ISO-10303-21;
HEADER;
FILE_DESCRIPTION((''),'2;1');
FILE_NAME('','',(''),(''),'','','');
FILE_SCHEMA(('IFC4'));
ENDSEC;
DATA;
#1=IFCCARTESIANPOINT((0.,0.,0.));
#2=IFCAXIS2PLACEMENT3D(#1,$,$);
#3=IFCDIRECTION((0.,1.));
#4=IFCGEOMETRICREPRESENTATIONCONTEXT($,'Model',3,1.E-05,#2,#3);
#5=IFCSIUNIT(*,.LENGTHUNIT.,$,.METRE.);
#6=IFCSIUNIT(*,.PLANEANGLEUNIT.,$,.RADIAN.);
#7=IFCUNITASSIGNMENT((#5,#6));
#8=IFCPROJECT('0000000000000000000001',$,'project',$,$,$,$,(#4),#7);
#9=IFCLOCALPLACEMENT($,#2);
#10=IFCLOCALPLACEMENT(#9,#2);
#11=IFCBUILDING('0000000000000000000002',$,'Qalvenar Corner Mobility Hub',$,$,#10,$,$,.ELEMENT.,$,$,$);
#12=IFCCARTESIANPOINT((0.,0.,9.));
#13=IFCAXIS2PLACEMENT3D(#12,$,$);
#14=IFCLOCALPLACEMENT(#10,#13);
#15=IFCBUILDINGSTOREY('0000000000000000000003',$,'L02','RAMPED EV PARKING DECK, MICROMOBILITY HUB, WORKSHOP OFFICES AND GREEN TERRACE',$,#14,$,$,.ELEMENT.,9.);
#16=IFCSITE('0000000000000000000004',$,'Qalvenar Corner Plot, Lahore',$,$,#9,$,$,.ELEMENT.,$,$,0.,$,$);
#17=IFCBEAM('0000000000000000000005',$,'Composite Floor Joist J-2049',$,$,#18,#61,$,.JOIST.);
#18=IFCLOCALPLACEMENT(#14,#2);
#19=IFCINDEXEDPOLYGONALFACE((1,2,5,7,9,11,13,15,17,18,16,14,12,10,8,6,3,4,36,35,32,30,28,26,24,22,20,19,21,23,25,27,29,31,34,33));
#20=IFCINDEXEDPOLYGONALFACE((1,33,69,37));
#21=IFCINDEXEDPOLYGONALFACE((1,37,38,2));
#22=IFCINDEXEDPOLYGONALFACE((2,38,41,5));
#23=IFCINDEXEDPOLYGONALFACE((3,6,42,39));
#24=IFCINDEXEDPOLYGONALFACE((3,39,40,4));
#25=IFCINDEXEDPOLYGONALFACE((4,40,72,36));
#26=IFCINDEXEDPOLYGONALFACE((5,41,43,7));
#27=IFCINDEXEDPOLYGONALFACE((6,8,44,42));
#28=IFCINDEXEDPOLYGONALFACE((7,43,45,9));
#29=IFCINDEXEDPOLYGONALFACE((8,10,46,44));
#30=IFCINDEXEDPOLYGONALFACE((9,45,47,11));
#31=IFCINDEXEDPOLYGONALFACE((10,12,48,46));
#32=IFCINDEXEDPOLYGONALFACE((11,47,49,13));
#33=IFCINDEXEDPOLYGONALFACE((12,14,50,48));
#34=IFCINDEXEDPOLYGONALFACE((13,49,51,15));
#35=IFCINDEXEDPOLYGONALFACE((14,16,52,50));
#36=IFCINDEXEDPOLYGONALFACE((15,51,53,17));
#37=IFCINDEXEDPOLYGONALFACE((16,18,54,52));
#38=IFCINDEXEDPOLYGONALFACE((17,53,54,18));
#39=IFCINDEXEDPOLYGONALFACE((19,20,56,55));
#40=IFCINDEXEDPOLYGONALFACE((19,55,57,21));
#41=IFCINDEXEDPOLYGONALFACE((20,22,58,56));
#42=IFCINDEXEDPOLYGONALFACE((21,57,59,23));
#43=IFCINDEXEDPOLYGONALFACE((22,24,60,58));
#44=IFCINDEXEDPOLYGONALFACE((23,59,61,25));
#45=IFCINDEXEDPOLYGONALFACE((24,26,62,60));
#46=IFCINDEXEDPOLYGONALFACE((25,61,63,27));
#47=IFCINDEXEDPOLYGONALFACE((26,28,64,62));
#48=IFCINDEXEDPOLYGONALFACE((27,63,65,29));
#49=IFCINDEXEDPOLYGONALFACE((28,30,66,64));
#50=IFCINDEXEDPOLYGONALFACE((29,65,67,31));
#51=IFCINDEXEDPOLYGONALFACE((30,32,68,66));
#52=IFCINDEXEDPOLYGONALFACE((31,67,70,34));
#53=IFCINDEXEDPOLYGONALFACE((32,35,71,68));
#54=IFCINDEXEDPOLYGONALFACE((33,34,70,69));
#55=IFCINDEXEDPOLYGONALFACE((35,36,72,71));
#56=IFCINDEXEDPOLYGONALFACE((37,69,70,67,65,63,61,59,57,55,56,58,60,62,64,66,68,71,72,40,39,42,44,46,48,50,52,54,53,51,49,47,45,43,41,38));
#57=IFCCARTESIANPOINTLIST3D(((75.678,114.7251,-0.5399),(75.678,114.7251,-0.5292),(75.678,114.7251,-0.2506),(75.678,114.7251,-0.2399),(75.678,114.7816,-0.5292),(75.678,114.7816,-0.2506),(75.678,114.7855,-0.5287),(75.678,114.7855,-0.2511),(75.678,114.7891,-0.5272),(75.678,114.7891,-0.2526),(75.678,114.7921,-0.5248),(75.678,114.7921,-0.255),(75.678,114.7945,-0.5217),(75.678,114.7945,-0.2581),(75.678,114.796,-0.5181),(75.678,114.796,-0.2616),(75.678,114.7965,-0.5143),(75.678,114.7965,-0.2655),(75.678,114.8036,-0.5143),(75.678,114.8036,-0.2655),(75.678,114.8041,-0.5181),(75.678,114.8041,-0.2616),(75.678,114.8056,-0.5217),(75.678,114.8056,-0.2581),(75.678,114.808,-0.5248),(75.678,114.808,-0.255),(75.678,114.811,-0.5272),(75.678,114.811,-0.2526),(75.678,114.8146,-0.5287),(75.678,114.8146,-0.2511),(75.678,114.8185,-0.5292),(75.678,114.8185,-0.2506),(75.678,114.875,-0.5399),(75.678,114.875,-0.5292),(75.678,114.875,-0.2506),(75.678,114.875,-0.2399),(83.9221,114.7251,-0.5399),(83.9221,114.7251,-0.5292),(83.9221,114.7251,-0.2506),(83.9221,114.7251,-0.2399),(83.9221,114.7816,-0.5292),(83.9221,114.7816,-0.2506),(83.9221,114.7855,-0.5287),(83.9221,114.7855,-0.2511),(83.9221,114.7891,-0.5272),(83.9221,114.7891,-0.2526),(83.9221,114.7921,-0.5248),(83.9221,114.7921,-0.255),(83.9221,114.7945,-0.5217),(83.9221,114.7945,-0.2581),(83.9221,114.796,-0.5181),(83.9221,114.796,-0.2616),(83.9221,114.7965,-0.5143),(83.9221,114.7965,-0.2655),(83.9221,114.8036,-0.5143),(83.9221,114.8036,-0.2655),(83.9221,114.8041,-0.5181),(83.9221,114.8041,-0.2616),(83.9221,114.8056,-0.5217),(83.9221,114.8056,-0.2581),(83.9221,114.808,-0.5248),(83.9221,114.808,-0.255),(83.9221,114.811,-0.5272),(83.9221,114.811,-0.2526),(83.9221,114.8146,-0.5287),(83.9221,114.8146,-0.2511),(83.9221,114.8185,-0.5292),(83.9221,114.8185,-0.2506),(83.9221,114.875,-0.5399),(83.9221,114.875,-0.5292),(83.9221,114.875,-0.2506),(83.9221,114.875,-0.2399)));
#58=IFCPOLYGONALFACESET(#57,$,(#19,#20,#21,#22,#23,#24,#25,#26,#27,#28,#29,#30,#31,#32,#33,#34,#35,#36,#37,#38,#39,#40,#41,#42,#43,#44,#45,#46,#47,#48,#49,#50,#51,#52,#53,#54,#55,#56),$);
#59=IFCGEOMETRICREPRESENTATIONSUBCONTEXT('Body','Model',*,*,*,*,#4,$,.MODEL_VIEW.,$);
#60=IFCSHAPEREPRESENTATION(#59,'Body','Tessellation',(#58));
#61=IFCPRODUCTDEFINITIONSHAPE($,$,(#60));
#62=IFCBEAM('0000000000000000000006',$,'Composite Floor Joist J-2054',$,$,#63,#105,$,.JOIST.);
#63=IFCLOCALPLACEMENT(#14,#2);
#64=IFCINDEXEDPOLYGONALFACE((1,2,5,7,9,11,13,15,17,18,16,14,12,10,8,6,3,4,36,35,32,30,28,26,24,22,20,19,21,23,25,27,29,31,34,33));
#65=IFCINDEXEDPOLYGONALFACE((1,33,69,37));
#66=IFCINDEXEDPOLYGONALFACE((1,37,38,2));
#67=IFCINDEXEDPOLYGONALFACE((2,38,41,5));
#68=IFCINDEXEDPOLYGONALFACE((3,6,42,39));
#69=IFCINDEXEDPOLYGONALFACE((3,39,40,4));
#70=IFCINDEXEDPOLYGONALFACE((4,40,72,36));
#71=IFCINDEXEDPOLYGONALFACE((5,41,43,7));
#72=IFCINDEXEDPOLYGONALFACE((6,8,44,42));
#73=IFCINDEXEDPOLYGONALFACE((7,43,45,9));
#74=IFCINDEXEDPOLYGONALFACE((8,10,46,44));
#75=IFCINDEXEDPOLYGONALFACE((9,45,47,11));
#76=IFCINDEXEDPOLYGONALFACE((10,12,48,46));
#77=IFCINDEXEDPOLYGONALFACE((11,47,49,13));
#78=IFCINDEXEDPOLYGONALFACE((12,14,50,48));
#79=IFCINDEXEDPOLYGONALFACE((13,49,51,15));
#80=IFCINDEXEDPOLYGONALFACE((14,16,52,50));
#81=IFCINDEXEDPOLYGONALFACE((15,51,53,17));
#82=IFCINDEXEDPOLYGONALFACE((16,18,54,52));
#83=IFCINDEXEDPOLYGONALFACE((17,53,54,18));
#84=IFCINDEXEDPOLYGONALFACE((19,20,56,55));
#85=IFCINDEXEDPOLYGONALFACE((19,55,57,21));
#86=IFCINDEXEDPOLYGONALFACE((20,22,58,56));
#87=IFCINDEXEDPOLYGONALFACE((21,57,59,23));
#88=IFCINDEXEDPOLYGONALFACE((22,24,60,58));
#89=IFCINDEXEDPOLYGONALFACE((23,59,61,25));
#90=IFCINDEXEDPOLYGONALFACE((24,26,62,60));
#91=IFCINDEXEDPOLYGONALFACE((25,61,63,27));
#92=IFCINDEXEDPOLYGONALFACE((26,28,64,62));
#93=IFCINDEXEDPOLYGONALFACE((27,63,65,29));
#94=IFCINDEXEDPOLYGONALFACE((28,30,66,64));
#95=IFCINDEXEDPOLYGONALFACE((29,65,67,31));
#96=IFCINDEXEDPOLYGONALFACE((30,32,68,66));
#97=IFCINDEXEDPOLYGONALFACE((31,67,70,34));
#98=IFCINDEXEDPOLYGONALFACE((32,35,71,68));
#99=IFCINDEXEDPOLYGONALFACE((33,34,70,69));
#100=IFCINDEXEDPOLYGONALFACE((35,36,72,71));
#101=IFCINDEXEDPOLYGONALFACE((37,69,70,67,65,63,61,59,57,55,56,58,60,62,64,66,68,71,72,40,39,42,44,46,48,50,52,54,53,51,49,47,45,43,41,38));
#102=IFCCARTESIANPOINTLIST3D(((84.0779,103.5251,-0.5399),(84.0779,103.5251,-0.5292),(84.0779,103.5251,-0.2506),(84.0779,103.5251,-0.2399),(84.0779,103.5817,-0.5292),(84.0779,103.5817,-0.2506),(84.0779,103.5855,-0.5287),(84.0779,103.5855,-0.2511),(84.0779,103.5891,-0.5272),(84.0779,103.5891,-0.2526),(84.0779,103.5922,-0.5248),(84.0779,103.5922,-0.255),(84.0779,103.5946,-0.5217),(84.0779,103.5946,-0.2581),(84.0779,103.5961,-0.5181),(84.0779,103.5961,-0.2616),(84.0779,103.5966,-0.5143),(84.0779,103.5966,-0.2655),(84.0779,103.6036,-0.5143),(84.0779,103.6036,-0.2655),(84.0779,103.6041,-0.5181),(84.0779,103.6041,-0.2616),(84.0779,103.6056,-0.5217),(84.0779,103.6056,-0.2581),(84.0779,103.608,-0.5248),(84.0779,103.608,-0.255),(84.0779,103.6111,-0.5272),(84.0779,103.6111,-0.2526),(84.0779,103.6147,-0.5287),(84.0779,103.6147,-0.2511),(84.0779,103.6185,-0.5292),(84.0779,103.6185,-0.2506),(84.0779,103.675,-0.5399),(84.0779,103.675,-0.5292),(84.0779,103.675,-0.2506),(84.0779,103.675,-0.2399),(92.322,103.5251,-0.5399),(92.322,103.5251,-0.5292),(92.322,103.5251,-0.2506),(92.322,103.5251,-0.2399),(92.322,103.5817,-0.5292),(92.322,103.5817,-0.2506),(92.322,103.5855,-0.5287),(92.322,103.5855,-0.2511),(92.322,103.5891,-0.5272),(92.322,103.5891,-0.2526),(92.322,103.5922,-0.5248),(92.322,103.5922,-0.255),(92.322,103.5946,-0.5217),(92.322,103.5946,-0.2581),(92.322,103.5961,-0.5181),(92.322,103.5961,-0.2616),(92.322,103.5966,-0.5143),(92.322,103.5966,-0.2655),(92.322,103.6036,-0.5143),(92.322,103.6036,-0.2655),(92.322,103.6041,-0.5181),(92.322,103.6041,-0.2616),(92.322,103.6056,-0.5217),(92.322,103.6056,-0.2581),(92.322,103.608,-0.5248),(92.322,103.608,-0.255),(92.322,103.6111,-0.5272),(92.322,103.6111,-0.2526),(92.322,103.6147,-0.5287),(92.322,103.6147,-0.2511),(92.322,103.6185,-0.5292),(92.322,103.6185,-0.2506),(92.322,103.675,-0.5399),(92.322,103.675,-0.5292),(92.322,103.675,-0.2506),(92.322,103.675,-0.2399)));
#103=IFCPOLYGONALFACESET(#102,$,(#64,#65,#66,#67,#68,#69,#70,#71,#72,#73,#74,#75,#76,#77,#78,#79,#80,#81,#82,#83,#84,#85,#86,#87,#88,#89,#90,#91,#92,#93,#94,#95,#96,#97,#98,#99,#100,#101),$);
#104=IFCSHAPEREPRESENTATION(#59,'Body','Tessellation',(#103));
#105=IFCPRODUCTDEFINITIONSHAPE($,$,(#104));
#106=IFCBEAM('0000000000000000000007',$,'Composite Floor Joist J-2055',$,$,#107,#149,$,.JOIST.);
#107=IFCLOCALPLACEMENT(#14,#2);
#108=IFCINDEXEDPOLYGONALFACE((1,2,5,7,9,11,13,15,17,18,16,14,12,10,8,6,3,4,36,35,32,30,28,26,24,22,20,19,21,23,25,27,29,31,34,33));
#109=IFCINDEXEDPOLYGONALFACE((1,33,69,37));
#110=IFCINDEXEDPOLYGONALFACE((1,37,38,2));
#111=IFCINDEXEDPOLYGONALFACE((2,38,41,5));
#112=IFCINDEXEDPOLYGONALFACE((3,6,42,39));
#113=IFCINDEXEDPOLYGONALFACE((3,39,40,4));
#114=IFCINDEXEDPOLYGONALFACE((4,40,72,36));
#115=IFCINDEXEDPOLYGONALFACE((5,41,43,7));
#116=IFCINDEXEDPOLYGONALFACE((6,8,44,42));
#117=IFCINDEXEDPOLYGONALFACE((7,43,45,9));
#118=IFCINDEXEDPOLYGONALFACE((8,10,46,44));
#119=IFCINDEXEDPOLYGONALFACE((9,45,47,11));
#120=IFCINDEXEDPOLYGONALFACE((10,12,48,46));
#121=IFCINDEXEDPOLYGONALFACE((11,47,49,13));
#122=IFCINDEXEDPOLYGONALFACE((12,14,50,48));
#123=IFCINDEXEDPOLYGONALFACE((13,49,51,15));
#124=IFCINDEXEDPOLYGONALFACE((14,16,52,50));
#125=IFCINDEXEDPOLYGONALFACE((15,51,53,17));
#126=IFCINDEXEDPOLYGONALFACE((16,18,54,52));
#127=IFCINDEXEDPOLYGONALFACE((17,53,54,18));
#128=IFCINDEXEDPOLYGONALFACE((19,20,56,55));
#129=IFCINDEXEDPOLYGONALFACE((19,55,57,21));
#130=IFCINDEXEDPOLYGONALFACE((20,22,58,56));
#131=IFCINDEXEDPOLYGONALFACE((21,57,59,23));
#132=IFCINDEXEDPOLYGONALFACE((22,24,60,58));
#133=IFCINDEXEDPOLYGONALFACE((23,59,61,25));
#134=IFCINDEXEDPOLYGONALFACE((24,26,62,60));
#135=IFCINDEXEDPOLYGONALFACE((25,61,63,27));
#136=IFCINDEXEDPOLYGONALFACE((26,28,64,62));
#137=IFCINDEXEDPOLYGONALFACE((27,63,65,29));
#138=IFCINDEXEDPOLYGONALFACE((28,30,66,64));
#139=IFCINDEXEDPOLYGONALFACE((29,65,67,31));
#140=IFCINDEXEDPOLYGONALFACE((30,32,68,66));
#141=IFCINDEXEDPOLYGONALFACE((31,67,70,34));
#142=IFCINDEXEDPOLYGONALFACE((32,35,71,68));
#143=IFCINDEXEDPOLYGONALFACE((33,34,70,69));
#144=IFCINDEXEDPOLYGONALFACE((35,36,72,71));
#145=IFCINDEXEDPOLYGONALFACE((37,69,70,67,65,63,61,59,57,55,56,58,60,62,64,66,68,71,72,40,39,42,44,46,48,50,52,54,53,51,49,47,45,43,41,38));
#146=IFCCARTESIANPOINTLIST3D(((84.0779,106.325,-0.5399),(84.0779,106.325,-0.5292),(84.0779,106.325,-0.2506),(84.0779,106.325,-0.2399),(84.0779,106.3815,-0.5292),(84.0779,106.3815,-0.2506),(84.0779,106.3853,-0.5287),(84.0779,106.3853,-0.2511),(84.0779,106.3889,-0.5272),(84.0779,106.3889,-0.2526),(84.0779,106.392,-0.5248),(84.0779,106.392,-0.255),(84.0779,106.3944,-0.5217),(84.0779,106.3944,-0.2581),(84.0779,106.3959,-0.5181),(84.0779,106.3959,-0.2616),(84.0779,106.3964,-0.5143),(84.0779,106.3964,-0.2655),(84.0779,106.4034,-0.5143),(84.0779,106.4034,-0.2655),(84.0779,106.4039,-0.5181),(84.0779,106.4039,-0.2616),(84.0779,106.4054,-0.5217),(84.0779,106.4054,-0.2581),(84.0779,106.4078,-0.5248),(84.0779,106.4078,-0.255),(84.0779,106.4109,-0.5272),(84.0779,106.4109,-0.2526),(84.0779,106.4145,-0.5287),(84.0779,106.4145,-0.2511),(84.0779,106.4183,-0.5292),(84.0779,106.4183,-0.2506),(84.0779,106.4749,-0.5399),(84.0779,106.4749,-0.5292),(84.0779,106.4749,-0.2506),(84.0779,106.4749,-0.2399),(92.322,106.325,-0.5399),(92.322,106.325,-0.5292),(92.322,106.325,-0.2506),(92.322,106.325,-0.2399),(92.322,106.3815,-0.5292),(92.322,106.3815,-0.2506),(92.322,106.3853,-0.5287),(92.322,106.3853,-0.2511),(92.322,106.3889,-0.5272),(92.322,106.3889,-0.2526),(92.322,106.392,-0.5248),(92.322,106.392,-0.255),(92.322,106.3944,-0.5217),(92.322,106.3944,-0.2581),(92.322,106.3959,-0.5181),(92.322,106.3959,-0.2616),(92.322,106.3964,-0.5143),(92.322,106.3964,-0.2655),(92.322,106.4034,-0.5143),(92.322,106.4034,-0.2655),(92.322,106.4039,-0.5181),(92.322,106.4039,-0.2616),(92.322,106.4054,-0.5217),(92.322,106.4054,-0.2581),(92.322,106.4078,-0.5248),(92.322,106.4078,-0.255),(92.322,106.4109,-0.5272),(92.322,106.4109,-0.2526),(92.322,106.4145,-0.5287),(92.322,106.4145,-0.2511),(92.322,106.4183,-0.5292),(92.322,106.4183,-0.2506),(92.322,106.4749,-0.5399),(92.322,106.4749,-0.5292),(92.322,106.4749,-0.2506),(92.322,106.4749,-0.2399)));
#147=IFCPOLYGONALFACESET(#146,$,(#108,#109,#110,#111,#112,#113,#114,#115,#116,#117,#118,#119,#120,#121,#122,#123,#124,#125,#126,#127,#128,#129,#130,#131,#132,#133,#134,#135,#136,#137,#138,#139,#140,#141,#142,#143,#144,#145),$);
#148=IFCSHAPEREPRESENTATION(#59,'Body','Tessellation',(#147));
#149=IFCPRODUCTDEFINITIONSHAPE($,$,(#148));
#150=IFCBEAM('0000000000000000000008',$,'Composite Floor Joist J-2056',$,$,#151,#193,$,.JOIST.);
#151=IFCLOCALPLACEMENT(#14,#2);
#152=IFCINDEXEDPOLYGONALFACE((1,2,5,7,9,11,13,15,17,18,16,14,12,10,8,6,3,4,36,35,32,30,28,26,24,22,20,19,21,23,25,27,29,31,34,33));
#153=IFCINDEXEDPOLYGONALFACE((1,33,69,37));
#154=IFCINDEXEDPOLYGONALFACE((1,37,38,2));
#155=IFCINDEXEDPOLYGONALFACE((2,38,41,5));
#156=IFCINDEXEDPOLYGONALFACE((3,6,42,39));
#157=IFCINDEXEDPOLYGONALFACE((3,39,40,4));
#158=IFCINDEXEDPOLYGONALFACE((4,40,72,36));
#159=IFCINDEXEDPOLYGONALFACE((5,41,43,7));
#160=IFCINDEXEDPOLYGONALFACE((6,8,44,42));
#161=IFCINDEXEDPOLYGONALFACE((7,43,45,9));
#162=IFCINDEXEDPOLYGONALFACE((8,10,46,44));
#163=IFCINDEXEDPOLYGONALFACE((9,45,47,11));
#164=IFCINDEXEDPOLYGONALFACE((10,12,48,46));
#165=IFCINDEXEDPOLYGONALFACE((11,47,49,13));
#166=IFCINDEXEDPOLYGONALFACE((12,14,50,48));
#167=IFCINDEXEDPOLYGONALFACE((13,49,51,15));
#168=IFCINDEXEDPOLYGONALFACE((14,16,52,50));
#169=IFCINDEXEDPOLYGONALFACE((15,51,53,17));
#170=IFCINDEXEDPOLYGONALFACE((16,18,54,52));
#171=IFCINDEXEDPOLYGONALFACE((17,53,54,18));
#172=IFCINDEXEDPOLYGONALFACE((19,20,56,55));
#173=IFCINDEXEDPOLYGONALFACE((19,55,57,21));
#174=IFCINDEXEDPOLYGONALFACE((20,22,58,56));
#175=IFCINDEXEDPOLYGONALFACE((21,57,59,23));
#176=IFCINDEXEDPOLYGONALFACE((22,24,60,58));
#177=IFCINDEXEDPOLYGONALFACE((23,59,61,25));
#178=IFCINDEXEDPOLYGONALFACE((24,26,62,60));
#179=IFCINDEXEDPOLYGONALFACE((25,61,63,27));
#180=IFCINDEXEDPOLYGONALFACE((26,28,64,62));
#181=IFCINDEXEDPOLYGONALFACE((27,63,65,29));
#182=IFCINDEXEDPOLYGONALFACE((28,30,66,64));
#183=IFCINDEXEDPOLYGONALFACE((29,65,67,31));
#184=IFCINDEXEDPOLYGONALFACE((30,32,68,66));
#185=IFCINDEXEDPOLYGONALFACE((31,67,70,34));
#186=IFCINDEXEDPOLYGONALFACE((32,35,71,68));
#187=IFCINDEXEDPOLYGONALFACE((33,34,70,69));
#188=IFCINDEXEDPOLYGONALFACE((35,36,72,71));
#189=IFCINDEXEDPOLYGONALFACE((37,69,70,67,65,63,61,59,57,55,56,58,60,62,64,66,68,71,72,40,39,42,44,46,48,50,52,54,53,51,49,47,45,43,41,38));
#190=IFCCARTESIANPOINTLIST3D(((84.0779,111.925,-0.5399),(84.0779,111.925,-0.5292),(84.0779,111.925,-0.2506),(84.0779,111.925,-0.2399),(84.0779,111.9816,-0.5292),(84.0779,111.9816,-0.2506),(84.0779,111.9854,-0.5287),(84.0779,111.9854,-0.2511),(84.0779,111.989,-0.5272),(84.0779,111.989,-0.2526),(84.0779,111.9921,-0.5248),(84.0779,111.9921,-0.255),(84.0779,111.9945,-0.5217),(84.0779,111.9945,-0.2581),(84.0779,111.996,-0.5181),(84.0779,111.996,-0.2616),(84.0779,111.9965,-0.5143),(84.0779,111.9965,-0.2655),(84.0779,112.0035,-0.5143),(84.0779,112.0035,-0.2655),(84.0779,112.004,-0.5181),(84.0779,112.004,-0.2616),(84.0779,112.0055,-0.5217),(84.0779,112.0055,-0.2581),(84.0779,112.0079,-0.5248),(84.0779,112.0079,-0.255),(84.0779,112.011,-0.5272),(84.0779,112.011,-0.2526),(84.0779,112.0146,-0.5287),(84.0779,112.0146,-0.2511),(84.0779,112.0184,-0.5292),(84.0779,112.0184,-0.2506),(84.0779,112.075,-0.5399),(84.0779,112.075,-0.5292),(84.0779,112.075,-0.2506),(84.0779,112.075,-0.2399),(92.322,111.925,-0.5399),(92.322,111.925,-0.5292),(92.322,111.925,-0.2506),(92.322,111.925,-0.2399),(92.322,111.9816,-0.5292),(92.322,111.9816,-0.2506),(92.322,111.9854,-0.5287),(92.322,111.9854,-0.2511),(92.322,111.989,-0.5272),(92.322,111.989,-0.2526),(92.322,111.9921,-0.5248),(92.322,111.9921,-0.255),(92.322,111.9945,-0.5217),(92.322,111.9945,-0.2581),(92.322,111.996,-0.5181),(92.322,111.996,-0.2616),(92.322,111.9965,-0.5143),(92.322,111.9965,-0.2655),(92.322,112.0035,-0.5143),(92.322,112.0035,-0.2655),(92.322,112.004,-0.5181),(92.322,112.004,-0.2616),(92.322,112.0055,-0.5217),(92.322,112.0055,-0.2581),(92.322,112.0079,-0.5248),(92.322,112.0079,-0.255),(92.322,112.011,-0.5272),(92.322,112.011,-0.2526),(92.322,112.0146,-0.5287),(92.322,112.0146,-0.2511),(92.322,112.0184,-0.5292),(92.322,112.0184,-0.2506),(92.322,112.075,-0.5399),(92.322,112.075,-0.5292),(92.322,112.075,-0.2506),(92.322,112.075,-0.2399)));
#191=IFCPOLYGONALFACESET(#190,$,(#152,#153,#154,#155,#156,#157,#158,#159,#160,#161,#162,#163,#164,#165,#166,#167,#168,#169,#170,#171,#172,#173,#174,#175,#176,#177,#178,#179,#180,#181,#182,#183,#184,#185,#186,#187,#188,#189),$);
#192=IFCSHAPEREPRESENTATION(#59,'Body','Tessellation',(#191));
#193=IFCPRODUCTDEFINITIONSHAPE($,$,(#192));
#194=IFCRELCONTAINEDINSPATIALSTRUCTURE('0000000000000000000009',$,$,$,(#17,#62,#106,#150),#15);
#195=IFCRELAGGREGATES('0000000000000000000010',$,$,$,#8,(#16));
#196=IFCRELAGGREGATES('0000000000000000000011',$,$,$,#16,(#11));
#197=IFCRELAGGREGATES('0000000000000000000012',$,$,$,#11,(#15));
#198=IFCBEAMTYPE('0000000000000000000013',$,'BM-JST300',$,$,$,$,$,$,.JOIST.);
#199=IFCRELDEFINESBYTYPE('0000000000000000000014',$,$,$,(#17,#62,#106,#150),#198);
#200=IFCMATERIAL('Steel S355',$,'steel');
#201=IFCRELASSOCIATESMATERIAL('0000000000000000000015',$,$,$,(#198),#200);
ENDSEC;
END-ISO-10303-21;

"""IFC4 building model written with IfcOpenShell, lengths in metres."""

from ifc_helpers import new_model, si_unit, direction, frame, origin, origin_2d, place, context, subcontext, project, spatial, i_section, extrude, material, material_profile, profile_set, type_object, element, save


model = new_model("IFC4")

# Units and contexts
model_context = context("Model", 3, precision=1e-05, world=origin(), true_north=direction((0.0, 1.0)))
body_context = subcontext(model_context, "Body", "Model", "MODEL_VIEW")
ifc_project = project(units=[si_unit("LENGTHUNIT", "METRE"), si_unit("PLANEANGLEUNIT", "RADIAN")], contexts=[model_context])

# Site, building, storey
site_placement = place(None, origin())
site = spatial("IfcSite", under=ifc_project, at=site_placement, Name="Qalvenar Corner Plot, Lahore", CompositionType="ELEMENT", RefElevation=0.0)
building_placement = place(site_placement, origin())
building = spatial("IfcBuilding", under=site, at=building_placement, Name="Qalvenar Corner Mobility Hub", CompositionType="ELEMENT")
storey_placement = place(building_placement, frame((0.0, 0.0, 9.0)))
storey = spatial("IfcBuildingStorey", under=building, at=storey_placement, Name="L02", Description="RAMPED EV PARKING DECK, MICROMOBILITY HUB, WORKSHOP OFFICES AND GREEN TERRACE", CompositionType="ELEMENT", Elevation=9.0)

# Shared definitions
ifc_material = material(Name="Steel S355", Category="steel")

# Beams
ifc_material_profile_1 = material_profile(ifc_material, i_section(OverallWidth=0.1499, OverallDepth=0.3, WebThickness=0.0071, FlangeThickness=0.0107, FilletRadius=0.0149, at=origin_2d()), Name="IPE300")
ifc_profile_set_1 = profile_set([ifc_material_profile_1], Name="Steel S355")
beam_type_1 = type_object("IfcBeamType", Name="BM-JST300", PredefinedType="JOIST", material=ifc_profile_set_1)
for number, where, z_axis, x_axis, name in (
    (1, (75.678, 114.8, -0.3899), (1.0, 0.0, 0.0), (0.0, 1.0, 0.0), "Composite Floor Joist J-2049"),
    (2, (84.0779, 103.6001, -0.3899), (1.0, 0.0, 0.0), (0.0, 1.0, 0.0), "Composite Floor Joist J-2054"),
    (3, (84.0779, 106.3999, -0.3899), (1.0, 0.0, 0.0), (0.0, 1.0, 0.0), "Composite Floor Joist J-2055"),
    (4, (84.0779, 112.0, -0.3899), (1.0, 0.0, 0.0), (0.0, 1.0, 0.0), "Composite Floor Joist J-2056"),
):
    element("IfcBeam", number, at=place(storey_placement, frame(where, z_axis=z_axis, x_axis=x_axis)), inside=storey, type_object=beam_type_1, Name=name, PredefinedType="JOIST", context=body_context, shape_type="SweptSolid", body=[
        extrude(i_section(OverallWidth=0.1499, OverallDepth=0.3, WebThickness=0.0071, FlangeThickness=0.0107, FilletRadius=0.0149, at=origin_2d()), origin(), (0.0, 0.0, 1.0), 8.2441),
    ])

save(model, "model.ifc")
